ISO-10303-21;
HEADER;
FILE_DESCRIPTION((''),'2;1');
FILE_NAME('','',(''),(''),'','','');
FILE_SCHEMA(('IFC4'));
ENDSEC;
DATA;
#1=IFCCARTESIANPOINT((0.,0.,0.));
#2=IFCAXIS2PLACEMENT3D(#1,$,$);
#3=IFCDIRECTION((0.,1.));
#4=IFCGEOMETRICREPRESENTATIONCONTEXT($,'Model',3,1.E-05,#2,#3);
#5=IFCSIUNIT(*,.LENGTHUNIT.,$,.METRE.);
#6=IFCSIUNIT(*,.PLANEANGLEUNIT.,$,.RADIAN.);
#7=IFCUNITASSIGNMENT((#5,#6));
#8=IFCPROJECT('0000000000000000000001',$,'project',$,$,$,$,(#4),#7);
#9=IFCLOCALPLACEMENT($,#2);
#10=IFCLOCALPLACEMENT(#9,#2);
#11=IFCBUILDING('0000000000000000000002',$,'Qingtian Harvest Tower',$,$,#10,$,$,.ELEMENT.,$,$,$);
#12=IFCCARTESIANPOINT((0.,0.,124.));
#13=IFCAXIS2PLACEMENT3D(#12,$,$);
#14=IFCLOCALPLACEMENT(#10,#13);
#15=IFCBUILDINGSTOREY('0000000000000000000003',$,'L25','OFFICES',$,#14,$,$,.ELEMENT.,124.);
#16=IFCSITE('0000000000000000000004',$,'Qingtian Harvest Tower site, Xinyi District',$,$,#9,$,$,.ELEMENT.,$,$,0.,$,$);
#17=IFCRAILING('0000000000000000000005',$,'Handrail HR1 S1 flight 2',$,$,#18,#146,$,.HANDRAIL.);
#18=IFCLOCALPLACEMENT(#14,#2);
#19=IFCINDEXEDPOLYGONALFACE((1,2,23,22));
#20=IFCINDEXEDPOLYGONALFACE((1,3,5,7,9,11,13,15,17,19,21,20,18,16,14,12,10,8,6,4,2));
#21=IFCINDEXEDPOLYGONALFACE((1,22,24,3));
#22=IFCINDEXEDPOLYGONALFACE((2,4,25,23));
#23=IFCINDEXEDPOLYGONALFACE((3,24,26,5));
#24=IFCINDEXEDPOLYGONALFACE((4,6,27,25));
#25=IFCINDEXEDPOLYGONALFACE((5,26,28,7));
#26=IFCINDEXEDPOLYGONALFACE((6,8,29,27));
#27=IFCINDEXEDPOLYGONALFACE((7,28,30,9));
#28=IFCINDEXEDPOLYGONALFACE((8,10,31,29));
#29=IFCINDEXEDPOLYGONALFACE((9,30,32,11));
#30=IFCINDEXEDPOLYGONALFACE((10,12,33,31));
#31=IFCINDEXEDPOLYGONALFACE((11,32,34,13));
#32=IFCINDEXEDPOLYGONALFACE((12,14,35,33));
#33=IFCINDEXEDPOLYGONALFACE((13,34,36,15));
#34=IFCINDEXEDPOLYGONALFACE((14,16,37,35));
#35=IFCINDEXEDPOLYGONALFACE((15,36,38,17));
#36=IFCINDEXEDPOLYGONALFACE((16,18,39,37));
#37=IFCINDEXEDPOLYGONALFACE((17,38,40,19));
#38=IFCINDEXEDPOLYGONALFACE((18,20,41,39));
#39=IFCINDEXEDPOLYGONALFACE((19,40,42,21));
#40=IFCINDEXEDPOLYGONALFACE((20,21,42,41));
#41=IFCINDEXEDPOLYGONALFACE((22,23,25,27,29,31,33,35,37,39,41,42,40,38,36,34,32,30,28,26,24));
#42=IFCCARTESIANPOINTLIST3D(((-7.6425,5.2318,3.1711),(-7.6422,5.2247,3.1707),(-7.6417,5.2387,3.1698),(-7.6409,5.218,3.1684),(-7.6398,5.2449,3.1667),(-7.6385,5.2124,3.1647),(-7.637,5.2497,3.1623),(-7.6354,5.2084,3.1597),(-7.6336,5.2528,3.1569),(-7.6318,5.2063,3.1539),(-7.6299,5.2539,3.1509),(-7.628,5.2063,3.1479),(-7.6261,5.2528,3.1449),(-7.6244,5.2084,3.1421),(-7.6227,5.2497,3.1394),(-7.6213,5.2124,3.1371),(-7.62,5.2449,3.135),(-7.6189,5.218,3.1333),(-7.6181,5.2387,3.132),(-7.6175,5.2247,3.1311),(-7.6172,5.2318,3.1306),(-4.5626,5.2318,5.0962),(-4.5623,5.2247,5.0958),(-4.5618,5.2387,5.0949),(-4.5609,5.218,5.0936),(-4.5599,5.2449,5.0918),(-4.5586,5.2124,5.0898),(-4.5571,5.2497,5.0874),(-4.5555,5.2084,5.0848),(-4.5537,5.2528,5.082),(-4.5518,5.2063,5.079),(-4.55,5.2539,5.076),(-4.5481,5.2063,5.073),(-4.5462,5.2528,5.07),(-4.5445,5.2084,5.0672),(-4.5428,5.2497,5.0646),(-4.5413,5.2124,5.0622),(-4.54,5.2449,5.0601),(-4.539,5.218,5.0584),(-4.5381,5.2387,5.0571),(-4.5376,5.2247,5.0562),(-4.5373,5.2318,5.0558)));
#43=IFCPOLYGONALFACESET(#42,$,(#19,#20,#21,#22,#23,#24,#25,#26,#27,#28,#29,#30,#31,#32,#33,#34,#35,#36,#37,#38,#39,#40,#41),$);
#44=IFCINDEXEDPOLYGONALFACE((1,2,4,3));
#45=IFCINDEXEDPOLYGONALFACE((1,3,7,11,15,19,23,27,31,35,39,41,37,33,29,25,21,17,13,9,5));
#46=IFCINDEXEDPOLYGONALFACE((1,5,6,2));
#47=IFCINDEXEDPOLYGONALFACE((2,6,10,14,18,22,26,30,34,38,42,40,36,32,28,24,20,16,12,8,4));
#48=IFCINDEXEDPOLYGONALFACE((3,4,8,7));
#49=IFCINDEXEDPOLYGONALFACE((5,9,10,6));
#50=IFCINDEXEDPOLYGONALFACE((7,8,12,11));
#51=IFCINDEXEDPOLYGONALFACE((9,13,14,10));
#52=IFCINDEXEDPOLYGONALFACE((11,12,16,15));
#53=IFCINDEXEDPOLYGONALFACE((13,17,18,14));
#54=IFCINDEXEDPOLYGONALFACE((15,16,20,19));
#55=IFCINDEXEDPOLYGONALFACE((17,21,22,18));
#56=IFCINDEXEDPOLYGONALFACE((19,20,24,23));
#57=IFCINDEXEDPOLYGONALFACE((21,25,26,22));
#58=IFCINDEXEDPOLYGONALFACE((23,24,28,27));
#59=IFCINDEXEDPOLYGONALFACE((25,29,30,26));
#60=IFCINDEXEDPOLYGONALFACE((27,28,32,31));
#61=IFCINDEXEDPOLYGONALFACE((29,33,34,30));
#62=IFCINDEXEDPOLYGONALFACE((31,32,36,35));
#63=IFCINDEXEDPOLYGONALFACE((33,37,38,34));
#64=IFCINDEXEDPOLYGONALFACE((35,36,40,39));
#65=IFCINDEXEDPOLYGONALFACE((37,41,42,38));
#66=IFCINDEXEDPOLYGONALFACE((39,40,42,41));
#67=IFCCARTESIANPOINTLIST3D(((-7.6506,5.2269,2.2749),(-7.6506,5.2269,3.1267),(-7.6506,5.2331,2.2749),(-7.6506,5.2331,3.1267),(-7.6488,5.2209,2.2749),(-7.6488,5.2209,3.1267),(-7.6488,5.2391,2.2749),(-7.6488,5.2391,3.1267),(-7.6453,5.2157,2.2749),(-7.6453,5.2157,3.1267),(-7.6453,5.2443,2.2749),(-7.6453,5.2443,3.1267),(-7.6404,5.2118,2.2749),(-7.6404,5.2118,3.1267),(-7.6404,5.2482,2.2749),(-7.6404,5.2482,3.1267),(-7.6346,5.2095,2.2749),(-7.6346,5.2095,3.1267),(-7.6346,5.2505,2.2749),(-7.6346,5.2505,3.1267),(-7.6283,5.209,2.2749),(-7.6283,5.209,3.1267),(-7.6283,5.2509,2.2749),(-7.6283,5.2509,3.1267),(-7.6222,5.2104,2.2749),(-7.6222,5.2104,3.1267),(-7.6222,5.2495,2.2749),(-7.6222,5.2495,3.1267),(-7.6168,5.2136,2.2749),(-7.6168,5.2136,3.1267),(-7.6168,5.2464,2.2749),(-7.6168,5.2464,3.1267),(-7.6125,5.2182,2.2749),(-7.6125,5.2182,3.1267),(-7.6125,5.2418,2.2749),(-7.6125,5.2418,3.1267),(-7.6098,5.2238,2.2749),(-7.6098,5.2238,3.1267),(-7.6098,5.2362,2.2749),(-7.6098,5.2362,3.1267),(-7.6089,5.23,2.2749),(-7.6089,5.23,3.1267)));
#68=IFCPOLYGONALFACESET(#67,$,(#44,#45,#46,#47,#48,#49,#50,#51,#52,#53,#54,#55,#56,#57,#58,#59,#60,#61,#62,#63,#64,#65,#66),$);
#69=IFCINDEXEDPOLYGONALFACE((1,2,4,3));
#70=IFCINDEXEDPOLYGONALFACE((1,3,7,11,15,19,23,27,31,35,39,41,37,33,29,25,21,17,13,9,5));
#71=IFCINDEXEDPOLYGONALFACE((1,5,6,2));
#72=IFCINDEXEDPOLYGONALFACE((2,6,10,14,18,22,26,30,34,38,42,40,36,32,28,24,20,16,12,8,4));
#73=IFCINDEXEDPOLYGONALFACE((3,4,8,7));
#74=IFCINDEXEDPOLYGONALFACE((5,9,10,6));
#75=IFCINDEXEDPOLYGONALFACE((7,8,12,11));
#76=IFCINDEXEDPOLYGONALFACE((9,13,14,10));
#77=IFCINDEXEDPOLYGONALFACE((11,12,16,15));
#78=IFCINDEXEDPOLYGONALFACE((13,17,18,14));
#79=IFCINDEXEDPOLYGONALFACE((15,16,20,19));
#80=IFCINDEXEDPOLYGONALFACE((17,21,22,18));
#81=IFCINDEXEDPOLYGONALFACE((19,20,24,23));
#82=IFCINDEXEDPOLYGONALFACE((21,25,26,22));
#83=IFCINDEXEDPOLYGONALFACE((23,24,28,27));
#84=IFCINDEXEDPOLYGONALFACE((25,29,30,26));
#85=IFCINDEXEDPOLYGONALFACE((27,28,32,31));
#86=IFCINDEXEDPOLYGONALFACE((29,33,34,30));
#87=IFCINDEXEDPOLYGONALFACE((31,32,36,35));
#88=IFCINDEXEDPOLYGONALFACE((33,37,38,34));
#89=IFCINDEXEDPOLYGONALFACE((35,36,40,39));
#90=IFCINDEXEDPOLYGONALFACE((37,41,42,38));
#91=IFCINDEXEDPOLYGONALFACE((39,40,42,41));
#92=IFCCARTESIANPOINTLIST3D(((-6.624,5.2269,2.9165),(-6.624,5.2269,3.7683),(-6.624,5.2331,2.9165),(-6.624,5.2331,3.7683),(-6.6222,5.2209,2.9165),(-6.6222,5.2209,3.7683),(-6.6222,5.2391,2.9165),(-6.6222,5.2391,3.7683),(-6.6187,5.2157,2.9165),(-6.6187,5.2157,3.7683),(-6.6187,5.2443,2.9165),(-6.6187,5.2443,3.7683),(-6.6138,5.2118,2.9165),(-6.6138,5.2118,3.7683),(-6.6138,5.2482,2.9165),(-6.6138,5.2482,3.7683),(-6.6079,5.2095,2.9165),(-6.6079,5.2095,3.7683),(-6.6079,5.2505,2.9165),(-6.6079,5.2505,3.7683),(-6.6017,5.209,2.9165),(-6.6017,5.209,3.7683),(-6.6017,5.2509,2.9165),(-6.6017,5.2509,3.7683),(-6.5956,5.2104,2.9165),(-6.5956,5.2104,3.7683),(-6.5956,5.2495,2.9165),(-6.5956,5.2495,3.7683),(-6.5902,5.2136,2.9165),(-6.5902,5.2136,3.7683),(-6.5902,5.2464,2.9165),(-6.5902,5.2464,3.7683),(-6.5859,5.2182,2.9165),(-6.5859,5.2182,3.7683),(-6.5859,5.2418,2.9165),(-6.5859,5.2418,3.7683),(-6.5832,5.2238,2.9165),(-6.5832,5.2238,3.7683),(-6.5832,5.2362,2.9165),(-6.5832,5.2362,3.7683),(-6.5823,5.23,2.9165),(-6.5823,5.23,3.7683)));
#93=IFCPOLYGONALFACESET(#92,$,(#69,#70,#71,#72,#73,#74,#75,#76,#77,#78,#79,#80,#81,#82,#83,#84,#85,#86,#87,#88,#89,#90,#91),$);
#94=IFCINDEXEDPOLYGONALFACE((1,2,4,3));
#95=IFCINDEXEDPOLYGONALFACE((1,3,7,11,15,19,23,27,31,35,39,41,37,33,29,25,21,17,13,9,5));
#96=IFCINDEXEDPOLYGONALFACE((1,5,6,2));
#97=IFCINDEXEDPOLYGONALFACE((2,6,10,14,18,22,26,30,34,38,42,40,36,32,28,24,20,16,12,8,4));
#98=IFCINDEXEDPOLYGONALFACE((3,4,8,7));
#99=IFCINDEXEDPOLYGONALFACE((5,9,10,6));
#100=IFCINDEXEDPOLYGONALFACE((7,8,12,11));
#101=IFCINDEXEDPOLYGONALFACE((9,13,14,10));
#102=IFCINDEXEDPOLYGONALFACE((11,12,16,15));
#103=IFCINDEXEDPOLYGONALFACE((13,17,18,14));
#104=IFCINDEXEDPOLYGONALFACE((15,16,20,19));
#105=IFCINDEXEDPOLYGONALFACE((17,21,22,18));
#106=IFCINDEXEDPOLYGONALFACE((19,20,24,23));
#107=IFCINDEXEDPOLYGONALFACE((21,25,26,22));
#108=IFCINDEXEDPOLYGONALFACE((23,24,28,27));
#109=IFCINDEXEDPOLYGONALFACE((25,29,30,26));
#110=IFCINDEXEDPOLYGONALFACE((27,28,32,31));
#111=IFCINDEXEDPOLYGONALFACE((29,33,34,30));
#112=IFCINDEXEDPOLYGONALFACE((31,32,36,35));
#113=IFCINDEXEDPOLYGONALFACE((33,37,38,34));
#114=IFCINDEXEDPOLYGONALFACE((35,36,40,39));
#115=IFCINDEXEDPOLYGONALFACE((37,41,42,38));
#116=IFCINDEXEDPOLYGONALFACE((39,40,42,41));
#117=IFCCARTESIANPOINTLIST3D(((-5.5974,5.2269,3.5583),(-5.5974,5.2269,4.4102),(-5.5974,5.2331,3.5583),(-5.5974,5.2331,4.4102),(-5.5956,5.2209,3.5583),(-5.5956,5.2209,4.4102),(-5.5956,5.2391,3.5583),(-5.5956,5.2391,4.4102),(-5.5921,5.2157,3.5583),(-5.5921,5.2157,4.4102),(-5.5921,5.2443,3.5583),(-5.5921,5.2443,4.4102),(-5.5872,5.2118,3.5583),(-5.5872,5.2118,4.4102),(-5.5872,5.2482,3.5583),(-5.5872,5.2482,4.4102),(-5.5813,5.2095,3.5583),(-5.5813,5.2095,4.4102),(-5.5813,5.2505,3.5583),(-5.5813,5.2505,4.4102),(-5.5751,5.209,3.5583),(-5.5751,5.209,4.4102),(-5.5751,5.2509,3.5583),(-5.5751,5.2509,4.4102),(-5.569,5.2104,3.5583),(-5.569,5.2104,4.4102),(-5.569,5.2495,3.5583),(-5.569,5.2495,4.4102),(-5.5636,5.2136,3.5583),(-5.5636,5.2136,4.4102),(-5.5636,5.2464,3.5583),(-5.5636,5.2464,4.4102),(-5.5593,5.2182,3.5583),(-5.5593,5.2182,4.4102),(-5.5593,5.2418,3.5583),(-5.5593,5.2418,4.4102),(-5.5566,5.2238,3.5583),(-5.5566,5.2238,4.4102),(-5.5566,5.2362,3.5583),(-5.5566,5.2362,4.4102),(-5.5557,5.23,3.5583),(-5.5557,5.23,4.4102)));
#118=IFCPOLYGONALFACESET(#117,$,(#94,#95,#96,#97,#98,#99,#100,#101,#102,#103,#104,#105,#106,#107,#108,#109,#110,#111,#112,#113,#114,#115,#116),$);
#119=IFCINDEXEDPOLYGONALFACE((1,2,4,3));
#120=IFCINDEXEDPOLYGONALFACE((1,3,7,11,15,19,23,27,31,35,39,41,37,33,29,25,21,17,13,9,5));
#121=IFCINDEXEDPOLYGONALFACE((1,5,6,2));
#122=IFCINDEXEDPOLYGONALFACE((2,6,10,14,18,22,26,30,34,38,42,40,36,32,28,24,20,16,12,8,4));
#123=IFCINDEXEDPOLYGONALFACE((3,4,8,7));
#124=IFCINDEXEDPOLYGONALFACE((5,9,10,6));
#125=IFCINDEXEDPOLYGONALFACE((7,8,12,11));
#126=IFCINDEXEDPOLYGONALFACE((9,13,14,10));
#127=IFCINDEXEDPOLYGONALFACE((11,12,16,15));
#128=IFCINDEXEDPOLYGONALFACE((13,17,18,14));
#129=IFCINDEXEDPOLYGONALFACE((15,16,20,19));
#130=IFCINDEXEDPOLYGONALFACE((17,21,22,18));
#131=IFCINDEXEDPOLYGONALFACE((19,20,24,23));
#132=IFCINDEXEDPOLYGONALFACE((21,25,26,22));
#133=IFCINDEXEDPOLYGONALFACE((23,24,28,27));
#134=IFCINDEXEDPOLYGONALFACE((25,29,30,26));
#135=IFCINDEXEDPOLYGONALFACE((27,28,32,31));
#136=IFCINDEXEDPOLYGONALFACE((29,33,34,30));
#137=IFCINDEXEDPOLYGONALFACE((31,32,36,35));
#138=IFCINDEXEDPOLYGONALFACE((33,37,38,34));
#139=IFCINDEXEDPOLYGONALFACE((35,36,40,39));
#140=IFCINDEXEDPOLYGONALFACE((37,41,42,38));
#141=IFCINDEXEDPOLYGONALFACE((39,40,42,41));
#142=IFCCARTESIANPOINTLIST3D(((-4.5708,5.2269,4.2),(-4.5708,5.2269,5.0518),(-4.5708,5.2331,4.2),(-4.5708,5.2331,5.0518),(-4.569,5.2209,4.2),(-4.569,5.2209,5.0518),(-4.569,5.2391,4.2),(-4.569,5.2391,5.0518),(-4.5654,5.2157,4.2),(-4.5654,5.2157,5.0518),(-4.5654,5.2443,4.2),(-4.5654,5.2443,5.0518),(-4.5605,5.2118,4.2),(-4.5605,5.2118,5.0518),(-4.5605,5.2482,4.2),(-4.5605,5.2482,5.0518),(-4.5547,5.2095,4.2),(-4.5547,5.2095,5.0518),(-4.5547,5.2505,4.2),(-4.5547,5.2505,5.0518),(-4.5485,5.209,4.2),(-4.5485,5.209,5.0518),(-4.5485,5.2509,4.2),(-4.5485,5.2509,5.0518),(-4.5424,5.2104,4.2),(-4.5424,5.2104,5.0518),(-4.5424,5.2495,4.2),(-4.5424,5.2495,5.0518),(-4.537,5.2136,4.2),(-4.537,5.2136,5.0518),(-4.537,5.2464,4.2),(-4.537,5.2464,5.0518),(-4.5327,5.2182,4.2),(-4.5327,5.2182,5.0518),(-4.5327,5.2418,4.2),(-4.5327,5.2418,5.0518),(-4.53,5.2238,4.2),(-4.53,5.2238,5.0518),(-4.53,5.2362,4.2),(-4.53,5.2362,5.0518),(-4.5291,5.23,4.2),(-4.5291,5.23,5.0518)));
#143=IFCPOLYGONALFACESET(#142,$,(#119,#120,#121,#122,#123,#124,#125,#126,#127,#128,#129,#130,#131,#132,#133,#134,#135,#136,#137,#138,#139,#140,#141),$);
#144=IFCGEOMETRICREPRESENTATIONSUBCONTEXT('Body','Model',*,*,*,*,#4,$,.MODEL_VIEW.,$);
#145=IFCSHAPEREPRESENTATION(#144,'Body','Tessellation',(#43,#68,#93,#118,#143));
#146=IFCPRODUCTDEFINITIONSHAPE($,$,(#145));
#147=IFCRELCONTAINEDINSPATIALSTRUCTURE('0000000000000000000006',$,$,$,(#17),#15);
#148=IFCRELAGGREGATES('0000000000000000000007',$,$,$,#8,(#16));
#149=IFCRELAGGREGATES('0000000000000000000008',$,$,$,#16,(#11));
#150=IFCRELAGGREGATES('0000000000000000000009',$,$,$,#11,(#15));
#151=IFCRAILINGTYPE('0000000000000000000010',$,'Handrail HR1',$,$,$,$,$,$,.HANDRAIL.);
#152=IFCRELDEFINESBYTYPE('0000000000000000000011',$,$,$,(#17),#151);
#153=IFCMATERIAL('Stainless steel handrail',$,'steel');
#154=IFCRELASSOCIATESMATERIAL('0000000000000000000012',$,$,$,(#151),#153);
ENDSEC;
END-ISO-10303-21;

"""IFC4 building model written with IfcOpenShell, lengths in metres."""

from ifc_helpers import new_model, si_unit, direction, frame, origin, origin_2d, place, context, subcontext, project, spatial, circle, extrude, material, type_object, element, save


model = new_model("IFC4")

# Units and contexts
model_context = context("Model", 3, precision=1e-05, world=origin(), true_north=direction((0.0, 1.0)))
body_context = subcontext(model_context, "Body", "Model", "MODEL_VIEW")
ifc_project = project(units=[si_unit("LENGTHUNIT", "METRE"), si_unit("PLANEANGLEUNIT", "RADIAN")], contexts=[model_context])

# Site, building, storey
site_placement = place(None, origin())
site = spatial("IfcSite", under=ifc_project, at=site_placement, Name="Qingtian Harvest Tower site, Xinyi District", CompositionType="ELEMENT", RefElevation=0.0)
building_placement = place(site_placement, origin())
building = spatial("IfcBuilding", under=site, at=building_placement, Name="Qingtian Harvest Tower", CompositionType="ELEMENT")
storey_placement = place(building_placement, frame((0.0, 0.0, 124.0)))
storey = spatial("IfcBuildingStorey", under=building, at=storey_placement, Name="L25", Description="OFFICES", CompositionType="ELEMENT", Elevation=124.0)

# Railing
ifc_material_1 = material(Name="Stainless steel handrail", Category="steel")
railing_type = type_object("IfcRailingType", Name="Handrail HR1", PredefinedType="HANDRAIL", material=ifc_material_1)
railing_placement = place(storey_placement, frame((-7.6299, 5.23, 2.2749)))
element("IfcRailing", 1, at=railing_placement, inside=storey, type_object=railing_type, Name="Handrail HR1 S1 flight 2", PredefinedType="HANDRAIL", context=body_context, shape_type="SweptSolid", body=[
    extrude(circle(Radius=0.0239, at=origin_2d()), frame((0.0, 0.0, 0.876), z_axis=(0.847979, 0.0, 0.530029), x_axis=(0.0, 1.0, 0.0)), (0.0, 0.0, 1.0), 3.6321),
    extrude(circle(Radius=0.021, at=origin_2d()), origin(), (0.0, 0.0, 1.0), 0.8518),
    extrude(circle(Radius=0.021, at=origin_2d()), frame((1.0266, 0.0, 0.6416)), (0.0, 0.0, 1.0), 0.8518),
    extrude(circle(Radius=0.021, at=origin_2d()), frame((2.0532, 0.0, 1.2834)), (0.0, 0.0, 1.0), 0.8518),
    extrude(circle(Radius=0.021, at=origin_2d()), frame((3.0798, 0.0, 1.925)), (0.0, 0.0, 1.0), 0.8518),
])

save(model, "model.ifc")
